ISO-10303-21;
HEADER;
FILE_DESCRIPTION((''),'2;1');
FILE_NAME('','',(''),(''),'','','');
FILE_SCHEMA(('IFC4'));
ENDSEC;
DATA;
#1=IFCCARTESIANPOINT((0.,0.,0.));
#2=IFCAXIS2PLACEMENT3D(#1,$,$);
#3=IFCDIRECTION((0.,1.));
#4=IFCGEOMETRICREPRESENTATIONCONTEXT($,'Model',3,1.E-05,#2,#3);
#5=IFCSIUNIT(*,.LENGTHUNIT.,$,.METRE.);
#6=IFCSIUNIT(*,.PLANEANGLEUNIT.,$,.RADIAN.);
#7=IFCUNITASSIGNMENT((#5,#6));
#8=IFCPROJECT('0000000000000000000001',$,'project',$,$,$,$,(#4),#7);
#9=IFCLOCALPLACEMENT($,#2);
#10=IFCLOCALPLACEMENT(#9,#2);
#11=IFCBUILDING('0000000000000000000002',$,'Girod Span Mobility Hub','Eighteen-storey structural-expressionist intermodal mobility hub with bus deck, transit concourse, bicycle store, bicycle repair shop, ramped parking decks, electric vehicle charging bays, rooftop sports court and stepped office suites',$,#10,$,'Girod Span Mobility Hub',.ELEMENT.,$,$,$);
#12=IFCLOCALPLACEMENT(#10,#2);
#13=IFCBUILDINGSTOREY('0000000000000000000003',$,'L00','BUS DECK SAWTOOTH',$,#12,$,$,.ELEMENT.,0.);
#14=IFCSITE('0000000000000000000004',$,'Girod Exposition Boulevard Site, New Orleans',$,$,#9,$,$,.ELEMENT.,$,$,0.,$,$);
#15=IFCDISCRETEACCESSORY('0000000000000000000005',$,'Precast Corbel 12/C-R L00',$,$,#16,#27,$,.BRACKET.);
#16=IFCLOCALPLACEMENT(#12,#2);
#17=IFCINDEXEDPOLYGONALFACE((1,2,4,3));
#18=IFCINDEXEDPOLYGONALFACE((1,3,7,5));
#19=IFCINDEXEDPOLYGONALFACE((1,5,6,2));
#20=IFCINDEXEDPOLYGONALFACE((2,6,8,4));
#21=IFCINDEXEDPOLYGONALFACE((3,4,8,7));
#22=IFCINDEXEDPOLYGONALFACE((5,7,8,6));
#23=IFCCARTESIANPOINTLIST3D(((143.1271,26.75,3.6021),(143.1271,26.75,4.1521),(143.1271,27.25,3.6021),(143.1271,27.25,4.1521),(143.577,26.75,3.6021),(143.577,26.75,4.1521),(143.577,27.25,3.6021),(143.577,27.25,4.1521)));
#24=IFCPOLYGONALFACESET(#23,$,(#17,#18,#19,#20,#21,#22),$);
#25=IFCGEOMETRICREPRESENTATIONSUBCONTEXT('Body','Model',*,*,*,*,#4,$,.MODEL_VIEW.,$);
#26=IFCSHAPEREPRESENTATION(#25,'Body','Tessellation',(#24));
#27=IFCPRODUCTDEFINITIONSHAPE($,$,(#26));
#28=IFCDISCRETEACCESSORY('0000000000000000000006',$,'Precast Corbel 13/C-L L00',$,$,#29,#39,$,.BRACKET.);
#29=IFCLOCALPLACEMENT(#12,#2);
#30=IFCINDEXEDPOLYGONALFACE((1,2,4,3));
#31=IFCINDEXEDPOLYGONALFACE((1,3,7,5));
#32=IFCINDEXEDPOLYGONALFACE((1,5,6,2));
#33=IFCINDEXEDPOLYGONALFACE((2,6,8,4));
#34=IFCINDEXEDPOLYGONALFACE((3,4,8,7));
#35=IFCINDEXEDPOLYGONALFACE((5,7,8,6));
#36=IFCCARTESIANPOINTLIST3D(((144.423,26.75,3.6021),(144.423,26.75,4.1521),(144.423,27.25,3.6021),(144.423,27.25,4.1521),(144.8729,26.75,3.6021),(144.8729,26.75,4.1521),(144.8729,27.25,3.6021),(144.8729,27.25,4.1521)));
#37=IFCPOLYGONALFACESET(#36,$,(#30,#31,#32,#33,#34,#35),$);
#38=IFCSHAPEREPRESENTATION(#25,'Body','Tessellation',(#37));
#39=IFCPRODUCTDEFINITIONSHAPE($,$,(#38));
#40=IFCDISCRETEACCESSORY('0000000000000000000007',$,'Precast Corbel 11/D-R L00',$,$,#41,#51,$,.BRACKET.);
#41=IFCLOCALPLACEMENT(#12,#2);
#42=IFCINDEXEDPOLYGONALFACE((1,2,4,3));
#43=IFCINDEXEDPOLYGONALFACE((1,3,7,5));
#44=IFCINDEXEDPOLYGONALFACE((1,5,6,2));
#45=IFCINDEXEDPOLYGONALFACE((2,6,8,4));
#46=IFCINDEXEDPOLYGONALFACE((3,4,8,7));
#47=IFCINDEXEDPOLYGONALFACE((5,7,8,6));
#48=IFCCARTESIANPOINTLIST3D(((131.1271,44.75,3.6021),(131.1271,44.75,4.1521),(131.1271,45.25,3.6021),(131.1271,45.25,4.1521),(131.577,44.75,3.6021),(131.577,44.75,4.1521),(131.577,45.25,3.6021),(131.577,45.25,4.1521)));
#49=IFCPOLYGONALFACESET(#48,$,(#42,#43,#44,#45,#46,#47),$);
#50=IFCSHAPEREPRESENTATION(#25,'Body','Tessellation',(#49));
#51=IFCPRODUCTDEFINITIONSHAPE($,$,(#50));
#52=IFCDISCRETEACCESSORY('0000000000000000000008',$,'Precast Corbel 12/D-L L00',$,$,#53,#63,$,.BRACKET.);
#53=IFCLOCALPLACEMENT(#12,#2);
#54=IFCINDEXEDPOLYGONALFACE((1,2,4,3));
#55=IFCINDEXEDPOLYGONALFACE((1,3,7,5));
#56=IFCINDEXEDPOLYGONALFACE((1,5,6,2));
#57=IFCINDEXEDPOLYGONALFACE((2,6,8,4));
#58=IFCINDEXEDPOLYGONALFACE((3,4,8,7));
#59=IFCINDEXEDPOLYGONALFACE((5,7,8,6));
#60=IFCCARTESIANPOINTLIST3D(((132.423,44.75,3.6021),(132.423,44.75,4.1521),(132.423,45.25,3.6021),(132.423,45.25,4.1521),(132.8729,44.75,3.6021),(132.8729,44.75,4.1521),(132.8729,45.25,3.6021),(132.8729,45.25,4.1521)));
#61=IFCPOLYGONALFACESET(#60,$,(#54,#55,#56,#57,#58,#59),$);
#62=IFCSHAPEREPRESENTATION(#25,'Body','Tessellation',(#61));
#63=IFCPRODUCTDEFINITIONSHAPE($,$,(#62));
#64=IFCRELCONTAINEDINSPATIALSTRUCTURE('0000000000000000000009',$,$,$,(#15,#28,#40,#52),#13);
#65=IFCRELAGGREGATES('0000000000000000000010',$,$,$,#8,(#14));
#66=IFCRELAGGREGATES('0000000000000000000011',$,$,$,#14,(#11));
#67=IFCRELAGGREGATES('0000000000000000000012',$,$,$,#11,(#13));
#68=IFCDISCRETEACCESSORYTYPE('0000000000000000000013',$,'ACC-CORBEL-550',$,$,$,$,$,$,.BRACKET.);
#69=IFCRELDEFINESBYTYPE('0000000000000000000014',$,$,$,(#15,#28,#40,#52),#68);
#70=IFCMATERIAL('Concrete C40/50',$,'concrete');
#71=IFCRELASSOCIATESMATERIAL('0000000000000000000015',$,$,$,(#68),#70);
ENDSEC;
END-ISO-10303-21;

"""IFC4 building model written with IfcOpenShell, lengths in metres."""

from ifc_helpers import new_model, si_unit, direction, frame, origin, origin_2d, place, context, subcontext, project, spatial, rectangle, extrude, material, type_object, element, save


model = new_model("IFC4")

# Units and contexts
model_context = context("Model", 3, precision=1e-05, world=origin(), true_north=direction((0.0, 1.0)))
body_context = subcontext(model_context, "Body", "Model", "MODEL_VIEW")
ifc_project = project(units=[si_unit("LENGTHUNIT", "METRE"), si_unit("PLANEANGLEUNIT", "RADIAN")], contexts=[model_context])

# Site, building, storey
site_placement = place(None, origin())
site = spatial("IfcSite", under=ifc_project, at=site_placement, Name="Girod Exposition Boulevard Site, New Orleans", CompositionType="ELEMENT", RefElevation=0.0)
building_placement = place(site_placement, origin())
building = spatial("IfcBuilding", under=site, at=building_placement, Name="Girod Span Mobility Hub", Description="Eighteen-storey structural-expressionist intermodal mobility hub with bus deck, transit concourse, bicycle store, bicycle repair shop, ramped parking decks, electric vehicle charging bays, rooftop sports court and stepped office suites", LongName="Girod Span Mobility Hub", CompositionType="ELEMENT")
storey_placement = place(building_placement, origin())
storey = spatial("IfcBuildingStorey", under=building, at=storey_placement, Name="L00", Description="BUS DECK SAWTOOTH", CompositionType="ELEMENT", Elevation=0.0)

# Discrete accessories
ifc_material_1 = material(Name="Concrete C40/50", Category="concrete")
discrete_accessory_type = type_object("IfcDiscreteAccessoryType", Name="ACC-CORBEL-550", PredefinedType="BRACKET", material=ifc_material_1)
for number, where, z_axis, x_axis, name in (
    (1, (143.3521, 27.0, 3.6021), (0.0, 0.0, 1.0), (1.0, 0.0, 0.0), "Precast Corbel 12/C-R L00"),
    (2, (144.6479, 27.0, 3.6021), (0.0, 0.0, 1.0), (1.0, 0.0, 0.0), "Precast Corbel 13/C-L L00"),
    (3, (131.3521, 45.0, 3.6021), (0.0, 0.0, 1.0), (1.0, 0.0, 0.0), "Precast Corbel 11/D-R L00"),
    (4, (132.6479, 45.0, 3.6021), (0.0, 0.0, 1.0), (1.0, 0.0, 0.0), "Precast Corbel 12/D-L L00"),
):
    element("IfcDiscreteAccessory", number, at=place(storey_placement, frame(where, z_axis=z_axis, x_axis=x_axis)), inside=storey, type_object=discrete_accessory_type, Name=name, PredefinedType="BRACKET", context=body_context, shape_type="SweptSolid", body=[
        extrude(rectangle(XDim=0.45, YDim=0.5, at=origin_2d()), origin(), (0.0, 0.0, 1.0), 0.55),
    ])

save(model, "model.ifc")
